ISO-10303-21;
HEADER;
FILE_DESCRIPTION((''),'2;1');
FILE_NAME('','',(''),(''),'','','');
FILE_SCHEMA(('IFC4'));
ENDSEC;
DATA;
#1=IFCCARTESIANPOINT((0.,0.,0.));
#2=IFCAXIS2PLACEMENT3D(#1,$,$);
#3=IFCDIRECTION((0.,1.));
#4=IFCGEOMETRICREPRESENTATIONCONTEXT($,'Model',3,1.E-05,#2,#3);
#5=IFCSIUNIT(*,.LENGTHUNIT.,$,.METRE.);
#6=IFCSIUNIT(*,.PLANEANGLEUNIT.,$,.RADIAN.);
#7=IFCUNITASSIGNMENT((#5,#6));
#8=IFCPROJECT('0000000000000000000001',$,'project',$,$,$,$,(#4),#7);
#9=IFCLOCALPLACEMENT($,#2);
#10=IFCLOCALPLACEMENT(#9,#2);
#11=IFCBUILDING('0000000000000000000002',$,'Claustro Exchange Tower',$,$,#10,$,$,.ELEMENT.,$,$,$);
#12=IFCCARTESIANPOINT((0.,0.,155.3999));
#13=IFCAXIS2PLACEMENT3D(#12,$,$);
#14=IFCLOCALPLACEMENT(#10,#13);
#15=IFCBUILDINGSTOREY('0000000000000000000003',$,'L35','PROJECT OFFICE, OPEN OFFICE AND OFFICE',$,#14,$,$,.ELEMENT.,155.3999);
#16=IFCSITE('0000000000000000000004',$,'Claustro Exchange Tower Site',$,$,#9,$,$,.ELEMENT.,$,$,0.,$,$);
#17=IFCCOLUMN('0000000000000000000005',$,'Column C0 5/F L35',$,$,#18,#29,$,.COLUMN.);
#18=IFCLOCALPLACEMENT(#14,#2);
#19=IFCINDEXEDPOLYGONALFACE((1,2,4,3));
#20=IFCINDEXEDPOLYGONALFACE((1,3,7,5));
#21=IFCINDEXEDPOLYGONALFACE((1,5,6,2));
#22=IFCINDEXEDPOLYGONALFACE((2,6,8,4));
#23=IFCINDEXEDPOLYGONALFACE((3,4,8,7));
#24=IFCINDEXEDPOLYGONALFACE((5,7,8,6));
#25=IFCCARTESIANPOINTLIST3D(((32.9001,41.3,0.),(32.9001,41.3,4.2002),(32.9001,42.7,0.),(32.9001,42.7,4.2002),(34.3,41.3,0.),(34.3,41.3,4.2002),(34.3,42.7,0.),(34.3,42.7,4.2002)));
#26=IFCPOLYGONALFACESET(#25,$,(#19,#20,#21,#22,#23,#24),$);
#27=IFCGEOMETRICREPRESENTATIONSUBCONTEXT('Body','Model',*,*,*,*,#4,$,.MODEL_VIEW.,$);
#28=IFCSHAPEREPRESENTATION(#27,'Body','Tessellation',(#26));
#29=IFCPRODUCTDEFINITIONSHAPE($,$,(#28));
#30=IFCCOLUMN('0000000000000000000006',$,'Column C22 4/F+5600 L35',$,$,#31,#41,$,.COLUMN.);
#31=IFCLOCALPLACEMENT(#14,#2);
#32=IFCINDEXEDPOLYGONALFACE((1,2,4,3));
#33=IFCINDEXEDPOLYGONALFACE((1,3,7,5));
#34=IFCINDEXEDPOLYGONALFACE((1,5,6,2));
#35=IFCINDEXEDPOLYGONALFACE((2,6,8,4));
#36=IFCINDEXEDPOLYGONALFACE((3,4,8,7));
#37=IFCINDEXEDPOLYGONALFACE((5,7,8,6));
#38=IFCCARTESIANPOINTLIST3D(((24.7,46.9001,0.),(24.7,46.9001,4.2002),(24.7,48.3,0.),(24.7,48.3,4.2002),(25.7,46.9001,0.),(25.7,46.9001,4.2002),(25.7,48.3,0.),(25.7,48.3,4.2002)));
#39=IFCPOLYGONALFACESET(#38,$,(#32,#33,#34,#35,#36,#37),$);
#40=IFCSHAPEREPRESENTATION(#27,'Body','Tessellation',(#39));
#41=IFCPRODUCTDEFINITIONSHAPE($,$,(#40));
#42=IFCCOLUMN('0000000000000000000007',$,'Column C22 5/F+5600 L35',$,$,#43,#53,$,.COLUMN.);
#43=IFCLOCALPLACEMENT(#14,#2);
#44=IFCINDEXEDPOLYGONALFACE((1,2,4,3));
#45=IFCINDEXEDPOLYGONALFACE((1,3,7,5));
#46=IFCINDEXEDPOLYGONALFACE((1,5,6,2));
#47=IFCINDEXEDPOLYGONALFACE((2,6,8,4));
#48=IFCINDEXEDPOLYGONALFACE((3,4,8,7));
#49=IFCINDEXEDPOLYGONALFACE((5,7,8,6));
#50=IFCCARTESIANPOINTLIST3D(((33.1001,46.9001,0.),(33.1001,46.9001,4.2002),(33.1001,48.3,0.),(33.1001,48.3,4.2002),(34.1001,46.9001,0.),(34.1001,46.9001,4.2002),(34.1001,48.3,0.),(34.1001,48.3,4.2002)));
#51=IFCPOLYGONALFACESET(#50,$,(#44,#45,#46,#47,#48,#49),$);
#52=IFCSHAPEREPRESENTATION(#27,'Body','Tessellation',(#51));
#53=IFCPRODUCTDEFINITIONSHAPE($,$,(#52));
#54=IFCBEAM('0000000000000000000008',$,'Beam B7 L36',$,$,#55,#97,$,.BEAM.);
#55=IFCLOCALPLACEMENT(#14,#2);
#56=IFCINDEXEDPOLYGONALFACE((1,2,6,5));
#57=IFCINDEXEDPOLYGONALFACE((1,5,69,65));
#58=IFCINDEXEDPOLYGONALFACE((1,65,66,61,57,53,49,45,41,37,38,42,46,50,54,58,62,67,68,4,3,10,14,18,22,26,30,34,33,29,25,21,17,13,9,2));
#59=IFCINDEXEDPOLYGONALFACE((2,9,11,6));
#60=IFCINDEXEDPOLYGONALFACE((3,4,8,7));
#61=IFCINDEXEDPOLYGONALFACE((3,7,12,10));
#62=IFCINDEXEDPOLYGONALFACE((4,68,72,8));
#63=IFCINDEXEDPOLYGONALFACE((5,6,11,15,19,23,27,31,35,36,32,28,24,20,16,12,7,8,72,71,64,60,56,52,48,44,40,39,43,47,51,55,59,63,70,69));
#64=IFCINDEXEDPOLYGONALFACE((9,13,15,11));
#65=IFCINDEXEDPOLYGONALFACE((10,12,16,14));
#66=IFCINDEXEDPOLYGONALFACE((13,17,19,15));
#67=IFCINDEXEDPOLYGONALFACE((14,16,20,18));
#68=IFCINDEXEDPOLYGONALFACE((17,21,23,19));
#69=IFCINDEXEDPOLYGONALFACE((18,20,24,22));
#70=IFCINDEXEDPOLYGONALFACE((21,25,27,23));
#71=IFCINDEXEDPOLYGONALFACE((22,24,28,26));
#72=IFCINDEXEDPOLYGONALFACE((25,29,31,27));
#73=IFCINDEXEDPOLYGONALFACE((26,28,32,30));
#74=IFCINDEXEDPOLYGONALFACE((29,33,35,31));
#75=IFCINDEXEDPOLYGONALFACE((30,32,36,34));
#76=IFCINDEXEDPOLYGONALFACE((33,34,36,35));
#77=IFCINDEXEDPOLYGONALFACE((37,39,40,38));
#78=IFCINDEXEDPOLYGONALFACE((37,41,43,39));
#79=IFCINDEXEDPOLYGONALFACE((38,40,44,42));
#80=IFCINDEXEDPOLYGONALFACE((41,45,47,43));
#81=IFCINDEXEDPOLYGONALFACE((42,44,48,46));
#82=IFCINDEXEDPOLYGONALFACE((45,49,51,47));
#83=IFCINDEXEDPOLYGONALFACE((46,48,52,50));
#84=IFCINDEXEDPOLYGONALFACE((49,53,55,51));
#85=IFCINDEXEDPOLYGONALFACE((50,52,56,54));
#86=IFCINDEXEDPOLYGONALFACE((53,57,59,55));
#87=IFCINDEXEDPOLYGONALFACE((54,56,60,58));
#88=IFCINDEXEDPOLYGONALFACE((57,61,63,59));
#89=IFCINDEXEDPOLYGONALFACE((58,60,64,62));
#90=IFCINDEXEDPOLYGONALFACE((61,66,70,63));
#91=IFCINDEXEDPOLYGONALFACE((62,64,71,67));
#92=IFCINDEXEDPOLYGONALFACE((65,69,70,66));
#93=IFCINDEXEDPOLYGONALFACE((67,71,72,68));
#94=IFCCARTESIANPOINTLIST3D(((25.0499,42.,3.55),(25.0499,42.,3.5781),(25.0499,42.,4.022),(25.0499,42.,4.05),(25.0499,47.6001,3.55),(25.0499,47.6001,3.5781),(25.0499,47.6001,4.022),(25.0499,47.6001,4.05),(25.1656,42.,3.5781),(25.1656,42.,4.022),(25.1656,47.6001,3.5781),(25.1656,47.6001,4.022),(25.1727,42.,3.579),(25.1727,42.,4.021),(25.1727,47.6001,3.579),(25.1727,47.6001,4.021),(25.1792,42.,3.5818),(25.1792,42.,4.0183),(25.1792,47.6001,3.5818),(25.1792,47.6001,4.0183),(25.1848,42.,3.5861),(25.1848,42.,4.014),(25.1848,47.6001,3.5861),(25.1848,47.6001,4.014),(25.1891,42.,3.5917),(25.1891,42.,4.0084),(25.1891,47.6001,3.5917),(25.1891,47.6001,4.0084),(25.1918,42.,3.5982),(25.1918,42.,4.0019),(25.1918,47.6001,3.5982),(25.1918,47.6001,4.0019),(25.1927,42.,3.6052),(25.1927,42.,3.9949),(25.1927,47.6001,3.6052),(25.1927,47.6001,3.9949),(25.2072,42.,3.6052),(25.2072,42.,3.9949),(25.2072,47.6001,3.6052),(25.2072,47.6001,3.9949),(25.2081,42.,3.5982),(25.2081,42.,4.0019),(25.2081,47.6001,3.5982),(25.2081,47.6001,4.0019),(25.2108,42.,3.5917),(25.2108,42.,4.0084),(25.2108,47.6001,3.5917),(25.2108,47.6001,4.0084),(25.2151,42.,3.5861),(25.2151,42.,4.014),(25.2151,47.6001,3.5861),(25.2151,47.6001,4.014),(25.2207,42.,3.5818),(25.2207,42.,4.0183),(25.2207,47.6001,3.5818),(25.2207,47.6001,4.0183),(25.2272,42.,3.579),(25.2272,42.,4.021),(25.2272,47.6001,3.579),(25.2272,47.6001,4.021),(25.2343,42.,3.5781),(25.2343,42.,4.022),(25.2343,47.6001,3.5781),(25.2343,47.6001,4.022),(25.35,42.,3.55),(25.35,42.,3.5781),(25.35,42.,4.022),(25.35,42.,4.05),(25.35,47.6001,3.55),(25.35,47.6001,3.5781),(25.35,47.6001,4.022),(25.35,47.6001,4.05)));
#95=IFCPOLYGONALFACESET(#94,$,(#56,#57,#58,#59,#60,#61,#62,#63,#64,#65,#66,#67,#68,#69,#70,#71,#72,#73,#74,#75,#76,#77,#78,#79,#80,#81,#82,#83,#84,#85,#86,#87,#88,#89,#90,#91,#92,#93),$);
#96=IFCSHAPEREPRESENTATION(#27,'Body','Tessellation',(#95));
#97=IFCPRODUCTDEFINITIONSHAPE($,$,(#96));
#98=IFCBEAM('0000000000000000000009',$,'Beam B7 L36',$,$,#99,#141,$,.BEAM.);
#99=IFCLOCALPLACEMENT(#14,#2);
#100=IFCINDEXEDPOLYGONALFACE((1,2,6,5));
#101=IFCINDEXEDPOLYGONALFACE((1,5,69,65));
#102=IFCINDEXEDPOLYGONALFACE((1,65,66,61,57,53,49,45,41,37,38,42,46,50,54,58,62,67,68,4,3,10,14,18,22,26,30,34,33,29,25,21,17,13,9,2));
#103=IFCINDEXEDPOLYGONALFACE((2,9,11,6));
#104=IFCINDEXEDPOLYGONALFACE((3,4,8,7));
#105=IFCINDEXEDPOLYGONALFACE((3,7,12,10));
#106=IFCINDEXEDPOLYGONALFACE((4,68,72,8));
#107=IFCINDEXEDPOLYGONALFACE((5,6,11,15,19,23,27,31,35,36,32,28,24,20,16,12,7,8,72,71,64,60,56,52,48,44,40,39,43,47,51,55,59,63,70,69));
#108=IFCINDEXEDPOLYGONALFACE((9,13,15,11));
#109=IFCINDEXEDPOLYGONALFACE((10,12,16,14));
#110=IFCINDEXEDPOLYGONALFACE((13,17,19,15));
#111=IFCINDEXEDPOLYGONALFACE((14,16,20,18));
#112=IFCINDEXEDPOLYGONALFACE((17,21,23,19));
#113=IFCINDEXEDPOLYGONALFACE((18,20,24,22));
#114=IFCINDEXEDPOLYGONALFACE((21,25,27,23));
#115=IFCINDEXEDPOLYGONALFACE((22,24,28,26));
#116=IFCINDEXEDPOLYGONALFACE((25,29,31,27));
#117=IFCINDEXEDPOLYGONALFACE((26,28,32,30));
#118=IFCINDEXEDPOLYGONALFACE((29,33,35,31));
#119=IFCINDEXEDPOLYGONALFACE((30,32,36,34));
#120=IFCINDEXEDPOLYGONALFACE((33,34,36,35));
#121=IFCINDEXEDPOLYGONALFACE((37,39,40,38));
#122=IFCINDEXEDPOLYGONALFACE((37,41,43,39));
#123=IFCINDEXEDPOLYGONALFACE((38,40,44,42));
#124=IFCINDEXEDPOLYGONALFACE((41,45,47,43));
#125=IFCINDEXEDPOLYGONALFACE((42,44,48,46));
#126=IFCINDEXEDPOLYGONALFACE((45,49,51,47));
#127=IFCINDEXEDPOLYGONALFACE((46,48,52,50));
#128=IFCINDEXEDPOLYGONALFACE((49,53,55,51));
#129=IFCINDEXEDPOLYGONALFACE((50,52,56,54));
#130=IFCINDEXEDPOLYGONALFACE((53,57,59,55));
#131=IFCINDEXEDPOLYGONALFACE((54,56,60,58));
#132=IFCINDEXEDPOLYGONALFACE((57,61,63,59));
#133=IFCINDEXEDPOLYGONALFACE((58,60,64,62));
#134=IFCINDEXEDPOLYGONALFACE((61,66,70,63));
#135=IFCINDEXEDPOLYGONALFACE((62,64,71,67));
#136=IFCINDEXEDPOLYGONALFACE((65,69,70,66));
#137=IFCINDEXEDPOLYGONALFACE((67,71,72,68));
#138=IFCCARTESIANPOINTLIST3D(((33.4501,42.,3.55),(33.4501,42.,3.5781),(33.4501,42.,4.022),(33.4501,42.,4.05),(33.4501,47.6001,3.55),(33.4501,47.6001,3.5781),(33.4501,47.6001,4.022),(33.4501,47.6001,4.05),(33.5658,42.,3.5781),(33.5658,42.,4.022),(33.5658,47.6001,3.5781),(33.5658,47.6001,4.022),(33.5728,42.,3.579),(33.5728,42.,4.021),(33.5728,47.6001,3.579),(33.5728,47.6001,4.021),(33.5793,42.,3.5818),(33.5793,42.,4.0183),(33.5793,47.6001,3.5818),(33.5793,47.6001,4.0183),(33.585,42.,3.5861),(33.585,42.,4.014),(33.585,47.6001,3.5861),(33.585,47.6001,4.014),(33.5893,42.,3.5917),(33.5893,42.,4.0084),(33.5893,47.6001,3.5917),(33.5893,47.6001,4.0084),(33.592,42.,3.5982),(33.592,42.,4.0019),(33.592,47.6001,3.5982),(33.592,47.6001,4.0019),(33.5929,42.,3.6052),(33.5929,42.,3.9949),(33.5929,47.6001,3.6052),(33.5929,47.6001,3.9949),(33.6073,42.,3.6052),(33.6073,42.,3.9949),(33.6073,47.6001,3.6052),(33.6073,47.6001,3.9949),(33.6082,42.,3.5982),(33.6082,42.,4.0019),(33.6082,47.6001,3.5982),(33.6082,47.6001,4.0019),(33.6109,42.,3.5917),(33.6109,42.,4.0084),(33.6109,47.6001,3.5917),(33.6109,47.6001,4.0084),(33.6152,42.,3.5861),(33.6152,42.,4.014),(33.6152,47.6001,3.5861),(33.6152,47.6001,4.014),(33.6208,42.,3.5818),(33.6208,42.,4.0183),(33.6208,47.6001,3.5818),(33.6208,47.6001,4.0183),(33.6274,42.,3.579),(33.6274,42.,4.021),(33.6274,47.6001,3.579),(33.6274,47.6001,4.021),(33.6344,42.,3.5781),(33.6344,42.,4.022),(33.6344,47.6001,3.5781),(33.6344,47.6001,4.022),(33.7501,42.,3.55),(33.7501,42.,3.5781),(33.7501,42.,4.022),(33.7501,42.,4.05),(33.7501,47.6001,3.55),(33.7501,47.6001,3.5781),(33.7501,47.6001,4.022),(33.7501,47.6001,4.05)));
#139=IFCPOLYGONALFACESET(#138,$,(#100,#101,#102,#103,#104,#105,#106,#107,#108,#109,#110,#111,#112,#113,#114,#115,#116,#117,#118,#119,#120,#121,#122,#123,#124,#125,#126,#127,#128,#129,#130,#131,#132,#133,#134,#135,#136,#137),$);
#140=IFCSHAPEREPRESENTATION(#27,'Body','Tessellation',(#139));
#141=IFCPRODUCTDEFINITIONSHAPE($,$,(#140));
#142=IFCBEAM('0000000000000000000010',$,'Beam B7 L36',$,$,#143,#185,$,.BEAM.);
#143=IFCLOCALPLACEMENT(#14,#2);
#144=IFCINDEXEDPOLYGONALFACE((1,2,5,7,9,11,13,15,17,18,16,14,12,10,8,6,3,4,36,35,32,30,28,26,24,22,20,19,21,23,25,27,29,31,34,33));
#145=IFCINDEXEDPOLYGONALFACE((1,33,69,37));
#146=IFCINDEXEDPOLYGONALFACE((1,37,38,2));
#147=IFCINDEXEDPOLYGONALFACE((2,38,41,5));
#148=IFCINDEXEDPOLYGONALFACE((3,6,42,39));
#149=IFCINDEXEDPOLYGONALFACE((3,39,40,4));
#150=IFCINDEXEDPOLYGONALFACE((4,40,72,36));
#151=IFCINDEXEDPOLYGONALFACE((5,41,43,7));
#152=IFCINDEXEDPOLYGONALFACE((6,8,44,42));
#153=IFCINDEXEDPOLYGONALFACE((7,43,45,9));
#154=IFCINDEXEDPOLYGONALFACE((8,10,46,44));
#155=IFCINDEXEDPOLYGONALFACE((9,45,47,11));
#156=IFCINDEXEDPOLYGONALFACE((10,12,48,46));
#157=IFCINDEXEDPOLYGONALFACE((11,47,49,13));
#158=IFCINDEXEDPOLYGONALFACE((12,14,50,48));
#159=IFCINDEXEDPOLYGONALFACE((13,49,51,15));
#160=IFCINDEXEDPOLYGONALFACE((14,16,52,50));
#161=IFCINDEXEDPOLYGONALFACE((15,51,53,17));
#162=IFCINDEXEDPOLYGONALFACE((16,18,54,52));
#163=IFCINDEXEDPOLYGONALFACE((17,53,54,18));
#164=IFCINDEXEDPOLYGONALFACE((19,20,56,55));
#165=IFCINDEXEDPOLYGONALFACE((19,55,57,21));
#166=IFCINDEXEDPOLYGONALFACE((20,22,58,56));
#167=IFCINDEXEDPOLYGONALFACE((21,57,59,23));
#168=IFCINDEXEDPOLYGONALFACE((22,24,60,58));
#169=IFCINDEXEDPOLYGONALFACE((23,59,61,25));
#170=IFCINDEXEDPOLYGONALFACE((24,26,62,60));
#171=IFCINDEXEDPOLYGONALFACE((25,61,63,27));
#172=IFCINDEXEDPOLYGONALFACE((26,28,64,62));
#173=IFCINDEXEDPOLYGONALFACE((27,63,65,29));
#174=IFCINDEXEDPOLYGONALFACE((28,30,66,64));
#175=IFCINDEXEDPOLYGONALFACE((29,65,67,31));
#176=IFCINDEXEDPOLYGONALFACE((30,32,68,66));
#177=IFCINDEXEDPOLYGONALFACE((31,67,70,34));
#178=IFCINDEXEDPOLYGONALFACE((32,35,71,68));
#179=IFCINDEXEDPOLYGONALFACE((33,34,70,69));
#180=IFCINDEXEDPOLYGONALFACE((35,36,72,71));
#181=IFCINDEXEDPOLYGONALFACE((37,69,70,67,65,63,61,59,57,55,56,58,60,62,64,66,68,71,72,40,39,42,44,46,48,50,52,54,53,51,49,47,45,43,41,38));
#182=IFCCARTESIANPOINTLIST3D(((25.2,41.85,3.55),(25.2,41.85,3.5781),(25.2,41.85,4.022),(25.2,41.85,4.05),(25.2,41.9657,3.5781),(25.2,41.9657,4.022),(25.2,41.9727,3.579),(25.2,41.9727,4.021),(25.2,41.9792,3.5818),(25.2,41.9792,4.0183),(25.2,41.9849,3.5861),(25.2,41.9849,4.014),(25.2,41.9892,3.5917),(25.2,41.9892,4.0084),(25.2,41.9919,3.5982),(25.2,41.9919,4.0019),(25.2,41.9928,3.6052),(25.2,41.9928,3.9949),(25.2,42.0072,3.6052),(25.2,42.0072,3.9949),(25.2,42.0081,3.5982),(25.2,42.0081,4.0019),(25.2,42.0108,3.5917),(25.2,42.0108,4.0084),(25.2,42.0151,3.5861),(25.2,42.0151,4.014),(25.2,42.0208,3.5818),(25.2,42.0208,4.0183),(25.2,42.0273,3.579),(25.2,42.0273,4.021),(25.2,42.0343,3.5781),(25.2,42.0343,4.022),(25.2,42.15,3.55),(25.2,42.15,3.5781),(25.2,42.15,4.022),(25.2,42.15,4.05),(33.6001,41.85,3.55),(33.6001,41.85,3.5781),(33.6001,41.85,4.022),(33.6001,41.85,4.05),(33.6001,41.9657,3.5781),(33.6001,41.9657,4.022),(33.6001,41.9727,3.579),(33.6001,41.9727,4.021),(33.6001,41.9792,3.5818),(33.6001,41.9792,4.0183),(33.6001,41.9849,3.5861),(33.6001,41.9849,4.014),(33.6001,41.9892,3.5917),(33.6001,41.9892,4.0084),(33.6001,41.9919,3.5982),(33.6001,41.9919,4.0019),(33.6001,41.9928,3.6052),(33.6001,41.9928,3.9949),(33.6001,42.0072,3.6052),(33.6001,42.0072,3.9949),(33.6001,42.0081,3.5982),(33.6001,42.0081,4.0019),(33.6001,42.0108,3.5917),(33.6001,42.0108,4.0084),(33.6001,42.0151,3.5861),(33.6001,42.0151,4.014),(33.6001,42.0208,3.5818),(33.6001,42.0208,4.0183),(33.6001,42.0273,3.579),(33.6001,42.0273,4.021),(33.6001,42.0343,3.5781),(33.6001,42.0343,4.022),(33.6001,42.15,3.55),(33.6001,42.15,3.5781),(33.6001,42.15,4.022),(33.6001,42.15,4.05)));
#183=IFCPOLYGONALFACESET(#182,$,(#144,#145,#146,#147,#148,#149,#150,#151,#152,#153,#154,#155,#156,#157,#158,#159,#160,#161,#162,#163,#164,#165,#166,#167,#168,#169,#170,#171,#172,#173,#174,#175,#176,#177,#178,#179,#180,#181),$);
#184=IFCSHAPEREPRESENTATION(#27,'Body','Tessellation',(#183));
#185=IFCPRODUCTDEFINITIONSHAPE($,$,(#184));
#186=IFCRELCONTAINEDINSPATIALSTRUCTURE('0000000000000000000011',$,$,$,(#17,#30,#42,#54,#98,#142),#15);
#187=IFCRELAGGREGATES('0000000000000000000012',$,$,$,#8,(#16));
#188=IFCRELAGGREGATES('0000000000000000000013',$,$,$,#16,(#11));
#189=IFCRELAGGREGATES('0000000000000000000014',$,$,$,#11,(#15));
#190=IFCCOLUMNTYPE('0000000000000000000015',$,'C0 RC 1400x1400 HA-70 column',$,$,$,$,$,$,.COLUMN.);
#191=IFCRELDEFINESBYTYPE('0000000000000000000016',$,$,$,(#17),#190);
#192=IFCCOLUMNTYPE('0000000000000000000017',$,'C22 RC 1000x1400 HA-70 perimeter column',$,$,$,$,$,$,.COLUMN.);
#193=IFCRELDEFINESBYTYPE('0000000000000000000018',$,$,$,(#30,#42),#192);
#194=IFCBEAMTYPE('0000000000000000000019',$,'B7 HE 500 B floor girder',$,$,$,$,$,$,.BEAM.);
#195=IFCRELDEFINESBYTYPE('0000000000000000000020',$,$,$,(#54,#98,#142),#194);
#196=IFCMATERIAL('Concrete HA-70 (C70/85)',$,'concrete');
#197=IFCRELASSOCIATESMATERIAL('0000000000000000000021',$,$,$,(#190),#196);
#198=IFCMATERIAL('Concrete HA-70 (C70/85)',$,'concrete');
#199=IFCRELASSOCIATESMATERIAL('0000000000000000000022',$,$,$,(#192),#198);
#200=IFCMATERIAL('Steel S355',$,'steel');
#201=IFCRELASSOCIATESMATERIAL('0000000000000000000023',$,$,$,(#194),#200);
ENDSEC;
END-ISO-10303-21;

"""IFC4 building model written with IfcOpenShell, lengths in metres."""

from ifc_helpers import new_model, si_unit, direction, frame, origin, origin_2d, place, context, subcontext, project, spatial, rectangle, i_section, extrude, material, material_profile, profile_set, type_object, element, save


model = new_model("IFC4")

# Units and contexts
model_context = context("Model", 3, precision=1e-05, world=origin(), true_north=direction((0.0, 1.0)))
body_context = subcontext(model_context, "Body", "Model", "MODEL_VIEW")
ifc_project = project(units=[si_unit("LENGTHUNIT", "METRE"), si_unit("PLANEANGLEUNIT", "RADIAN")], contexts=[model_context])

# Site, building, storey
site_placement = place(None, origin())
site = spatial("IfcSite", under=ifc_project, at=site_placement, Name="Claustro Exchange Tower Site", CompositionType="ELEMENT", RefElevation=0.0)
building_placement = place(site_placement, origin())
building = spatial("IfcBuilding", under=site, at=building_placement, Name="Claustro Exchange Tower", CompositionType="ELEMENT")
storey_placement = place(building_placement, frame((0.0, 0.0, 155.3999)))
storey = spatial("IfcBuildingStorey", under=building, at=storey_placement, Name="L35", Description="PROJECT OFFICE, OPEN OFFICE AND OFFICE", CompositionType="ELEMENT", Elevation=155.3999)

# Columns
ifc_material_1 = material(Name="Concrete HA-70 (C70/85)", Category="concrete")
ifc_material_profile_1 = material_profile(ifc_material_1, rectangle(XDim=1.3999, YDim=1.3999, at=origin_2d()), Name="RC 1400x1400")
ifc_profile_set_1 = profile_set([ifc_material_profile_1], Name="Concrete HA-70 (C70/85)")
column_type_1 = type_object("IfcColumnType", Name="C0 RC 1400x1400 HA-70 column", PredefinedType="COLUMN", material=ifc_profile_set_1)
column_placement = place(storey_placement, frame((33.6001, 42.0, 0.0), z_axis=(0.0, 0.0, 1.0), x_axis=(1.0, 0.0, 0.0)))
element("IfcColumn", 1, at=column_placement, inside=storey, type_object=column_type_1, Name="Column C0 5/F L35", PredefinedType="COLUMN", context=body_context, shape_type="SweptSolid", body=[
    extrude(rectangle(XDim=1.3999, YDim=1.3999, at=origin_2d()), origin(), (0.0, 0.0, 1.0), 4.2002),
])
ifc_material_2 = material(Name="Concrete HA-70 (C70/85)", Category="concrete")
ifc_material_profile_2 = material_profile(ifc_material_2, rectangle(XDim=1.0, YDim=1.3999, at=origin_2d()), Name="RC 1000x1400")
ifc_profile_set_2 = profile_set([ifc_material_profile_2], Name="Concrete HA-70 (C70/85)")
column_type_2 = type_object("IfcColumnType", Name="C22 RC 1000x1400 HA-70 perimeter column", PredefinedType="COLUMN", material=ifc_profile_set_2)
for number, where, z_axis, x_axis, name in (
    (2, (25.2, 47.6001, 0.0), (0.0, 0.0, 1.0), (1.0, 0.0, 0.0), "Column C22 4/F+5600 L35"),
    (3, (33.6001, 47.6001, 0.0), (0.0, 0.0, 1.0), (1.0, 0.0, 0.0), "Column C22 5/F+5600 L35"),
):
    element("IfcColumn", number, at=place(storey_placement, frame(where, z_axis=z_axis, x_axis=x_axis)), inside=storey, type_object=column_type_2, Name=name, PredefinedType="COLUMN", context=body_context, shape_type="SweptSolid", body=[
        extrude(rectangle(XDim=1.0, YDim=1.3999, at=origin_2d()), origin(), (0.0, 0.0, 1.0), 4.2002),
    ])

# Beams
ifc_material_3 = material(Name="Steel S355", Category="steel")
ifc_material_profile_3 = material_profile(ifc_material_3, i_section(OverallWidth=0.3, OverallDepth=0.5, WebThickness=0.0144, FlangeThickness=0.0281, FilletRadius=0.0271, at=origin_2d()), Name="HE 500 B")
ifc_profile_set_3 = profile_set([ifc_material_profile_3], Name="Steel S355")
beam_type_1 = type_object("IfcBeamType", Name="B7 HE 500 B floor girder", PredefinedType="BEAM", material=ifc_profile_set_3)
for number, where, z_axis, x_axis, name in (
    (4, (25.2, 42.0, 3.8), (0.0, 1.0, 0.0), (-1.0, 0.0, 0.0), "Beam B7 L36"),
    (5, (33.6001, 42.0, 3.8), (0.0, 1.0, 0.0), (-1.0, 0.0, 0.0), "Beam B7 L36"),
):
    element("IfcBeam", number, at=place(storey_placement, frame(where, z_axis=z_axis, x_axis=x_axis)), inside=storey, type_object=beam_type_1, Name=name, PredefinedType="BEAM", context=body_context, shape_type="SweptSolid", body=[
        extrude(i_section(OverallWidth=0.3, OverallDepth=0.5, WebThickness=0.0144, FlangeThickness=0.0281, FilletRadius=0.0271, at=origin_2d()), origin(), (0.0, 0.0, 1.0), 5.6001),
    ])
beam_1_placement = place(storey_placement, frame((25.2, 42.0, 3.8), z_axis=(1.0, 0.0, 0.0), x_axis=(0.0, 1.0, 0.0)))
element("IfcBeam", 6, at=beam_1_placement, inside=storey, type_object=beam_type_1, Name="Beam B7 L36", PredefinedType="BEAM", context=body_context, shape_type="SweptSolid", body=[
    extrude(i_section(OverallWidth=0.3, OverallDepth=0.5, WebThickness=0.0144, FlangeThickness=0.0281, FilletRadius=0.0271, at=origin_2d()), origin(), (0.0, 0.0, 1.0), 8.4001),
])

save(model, "model.ifc")
